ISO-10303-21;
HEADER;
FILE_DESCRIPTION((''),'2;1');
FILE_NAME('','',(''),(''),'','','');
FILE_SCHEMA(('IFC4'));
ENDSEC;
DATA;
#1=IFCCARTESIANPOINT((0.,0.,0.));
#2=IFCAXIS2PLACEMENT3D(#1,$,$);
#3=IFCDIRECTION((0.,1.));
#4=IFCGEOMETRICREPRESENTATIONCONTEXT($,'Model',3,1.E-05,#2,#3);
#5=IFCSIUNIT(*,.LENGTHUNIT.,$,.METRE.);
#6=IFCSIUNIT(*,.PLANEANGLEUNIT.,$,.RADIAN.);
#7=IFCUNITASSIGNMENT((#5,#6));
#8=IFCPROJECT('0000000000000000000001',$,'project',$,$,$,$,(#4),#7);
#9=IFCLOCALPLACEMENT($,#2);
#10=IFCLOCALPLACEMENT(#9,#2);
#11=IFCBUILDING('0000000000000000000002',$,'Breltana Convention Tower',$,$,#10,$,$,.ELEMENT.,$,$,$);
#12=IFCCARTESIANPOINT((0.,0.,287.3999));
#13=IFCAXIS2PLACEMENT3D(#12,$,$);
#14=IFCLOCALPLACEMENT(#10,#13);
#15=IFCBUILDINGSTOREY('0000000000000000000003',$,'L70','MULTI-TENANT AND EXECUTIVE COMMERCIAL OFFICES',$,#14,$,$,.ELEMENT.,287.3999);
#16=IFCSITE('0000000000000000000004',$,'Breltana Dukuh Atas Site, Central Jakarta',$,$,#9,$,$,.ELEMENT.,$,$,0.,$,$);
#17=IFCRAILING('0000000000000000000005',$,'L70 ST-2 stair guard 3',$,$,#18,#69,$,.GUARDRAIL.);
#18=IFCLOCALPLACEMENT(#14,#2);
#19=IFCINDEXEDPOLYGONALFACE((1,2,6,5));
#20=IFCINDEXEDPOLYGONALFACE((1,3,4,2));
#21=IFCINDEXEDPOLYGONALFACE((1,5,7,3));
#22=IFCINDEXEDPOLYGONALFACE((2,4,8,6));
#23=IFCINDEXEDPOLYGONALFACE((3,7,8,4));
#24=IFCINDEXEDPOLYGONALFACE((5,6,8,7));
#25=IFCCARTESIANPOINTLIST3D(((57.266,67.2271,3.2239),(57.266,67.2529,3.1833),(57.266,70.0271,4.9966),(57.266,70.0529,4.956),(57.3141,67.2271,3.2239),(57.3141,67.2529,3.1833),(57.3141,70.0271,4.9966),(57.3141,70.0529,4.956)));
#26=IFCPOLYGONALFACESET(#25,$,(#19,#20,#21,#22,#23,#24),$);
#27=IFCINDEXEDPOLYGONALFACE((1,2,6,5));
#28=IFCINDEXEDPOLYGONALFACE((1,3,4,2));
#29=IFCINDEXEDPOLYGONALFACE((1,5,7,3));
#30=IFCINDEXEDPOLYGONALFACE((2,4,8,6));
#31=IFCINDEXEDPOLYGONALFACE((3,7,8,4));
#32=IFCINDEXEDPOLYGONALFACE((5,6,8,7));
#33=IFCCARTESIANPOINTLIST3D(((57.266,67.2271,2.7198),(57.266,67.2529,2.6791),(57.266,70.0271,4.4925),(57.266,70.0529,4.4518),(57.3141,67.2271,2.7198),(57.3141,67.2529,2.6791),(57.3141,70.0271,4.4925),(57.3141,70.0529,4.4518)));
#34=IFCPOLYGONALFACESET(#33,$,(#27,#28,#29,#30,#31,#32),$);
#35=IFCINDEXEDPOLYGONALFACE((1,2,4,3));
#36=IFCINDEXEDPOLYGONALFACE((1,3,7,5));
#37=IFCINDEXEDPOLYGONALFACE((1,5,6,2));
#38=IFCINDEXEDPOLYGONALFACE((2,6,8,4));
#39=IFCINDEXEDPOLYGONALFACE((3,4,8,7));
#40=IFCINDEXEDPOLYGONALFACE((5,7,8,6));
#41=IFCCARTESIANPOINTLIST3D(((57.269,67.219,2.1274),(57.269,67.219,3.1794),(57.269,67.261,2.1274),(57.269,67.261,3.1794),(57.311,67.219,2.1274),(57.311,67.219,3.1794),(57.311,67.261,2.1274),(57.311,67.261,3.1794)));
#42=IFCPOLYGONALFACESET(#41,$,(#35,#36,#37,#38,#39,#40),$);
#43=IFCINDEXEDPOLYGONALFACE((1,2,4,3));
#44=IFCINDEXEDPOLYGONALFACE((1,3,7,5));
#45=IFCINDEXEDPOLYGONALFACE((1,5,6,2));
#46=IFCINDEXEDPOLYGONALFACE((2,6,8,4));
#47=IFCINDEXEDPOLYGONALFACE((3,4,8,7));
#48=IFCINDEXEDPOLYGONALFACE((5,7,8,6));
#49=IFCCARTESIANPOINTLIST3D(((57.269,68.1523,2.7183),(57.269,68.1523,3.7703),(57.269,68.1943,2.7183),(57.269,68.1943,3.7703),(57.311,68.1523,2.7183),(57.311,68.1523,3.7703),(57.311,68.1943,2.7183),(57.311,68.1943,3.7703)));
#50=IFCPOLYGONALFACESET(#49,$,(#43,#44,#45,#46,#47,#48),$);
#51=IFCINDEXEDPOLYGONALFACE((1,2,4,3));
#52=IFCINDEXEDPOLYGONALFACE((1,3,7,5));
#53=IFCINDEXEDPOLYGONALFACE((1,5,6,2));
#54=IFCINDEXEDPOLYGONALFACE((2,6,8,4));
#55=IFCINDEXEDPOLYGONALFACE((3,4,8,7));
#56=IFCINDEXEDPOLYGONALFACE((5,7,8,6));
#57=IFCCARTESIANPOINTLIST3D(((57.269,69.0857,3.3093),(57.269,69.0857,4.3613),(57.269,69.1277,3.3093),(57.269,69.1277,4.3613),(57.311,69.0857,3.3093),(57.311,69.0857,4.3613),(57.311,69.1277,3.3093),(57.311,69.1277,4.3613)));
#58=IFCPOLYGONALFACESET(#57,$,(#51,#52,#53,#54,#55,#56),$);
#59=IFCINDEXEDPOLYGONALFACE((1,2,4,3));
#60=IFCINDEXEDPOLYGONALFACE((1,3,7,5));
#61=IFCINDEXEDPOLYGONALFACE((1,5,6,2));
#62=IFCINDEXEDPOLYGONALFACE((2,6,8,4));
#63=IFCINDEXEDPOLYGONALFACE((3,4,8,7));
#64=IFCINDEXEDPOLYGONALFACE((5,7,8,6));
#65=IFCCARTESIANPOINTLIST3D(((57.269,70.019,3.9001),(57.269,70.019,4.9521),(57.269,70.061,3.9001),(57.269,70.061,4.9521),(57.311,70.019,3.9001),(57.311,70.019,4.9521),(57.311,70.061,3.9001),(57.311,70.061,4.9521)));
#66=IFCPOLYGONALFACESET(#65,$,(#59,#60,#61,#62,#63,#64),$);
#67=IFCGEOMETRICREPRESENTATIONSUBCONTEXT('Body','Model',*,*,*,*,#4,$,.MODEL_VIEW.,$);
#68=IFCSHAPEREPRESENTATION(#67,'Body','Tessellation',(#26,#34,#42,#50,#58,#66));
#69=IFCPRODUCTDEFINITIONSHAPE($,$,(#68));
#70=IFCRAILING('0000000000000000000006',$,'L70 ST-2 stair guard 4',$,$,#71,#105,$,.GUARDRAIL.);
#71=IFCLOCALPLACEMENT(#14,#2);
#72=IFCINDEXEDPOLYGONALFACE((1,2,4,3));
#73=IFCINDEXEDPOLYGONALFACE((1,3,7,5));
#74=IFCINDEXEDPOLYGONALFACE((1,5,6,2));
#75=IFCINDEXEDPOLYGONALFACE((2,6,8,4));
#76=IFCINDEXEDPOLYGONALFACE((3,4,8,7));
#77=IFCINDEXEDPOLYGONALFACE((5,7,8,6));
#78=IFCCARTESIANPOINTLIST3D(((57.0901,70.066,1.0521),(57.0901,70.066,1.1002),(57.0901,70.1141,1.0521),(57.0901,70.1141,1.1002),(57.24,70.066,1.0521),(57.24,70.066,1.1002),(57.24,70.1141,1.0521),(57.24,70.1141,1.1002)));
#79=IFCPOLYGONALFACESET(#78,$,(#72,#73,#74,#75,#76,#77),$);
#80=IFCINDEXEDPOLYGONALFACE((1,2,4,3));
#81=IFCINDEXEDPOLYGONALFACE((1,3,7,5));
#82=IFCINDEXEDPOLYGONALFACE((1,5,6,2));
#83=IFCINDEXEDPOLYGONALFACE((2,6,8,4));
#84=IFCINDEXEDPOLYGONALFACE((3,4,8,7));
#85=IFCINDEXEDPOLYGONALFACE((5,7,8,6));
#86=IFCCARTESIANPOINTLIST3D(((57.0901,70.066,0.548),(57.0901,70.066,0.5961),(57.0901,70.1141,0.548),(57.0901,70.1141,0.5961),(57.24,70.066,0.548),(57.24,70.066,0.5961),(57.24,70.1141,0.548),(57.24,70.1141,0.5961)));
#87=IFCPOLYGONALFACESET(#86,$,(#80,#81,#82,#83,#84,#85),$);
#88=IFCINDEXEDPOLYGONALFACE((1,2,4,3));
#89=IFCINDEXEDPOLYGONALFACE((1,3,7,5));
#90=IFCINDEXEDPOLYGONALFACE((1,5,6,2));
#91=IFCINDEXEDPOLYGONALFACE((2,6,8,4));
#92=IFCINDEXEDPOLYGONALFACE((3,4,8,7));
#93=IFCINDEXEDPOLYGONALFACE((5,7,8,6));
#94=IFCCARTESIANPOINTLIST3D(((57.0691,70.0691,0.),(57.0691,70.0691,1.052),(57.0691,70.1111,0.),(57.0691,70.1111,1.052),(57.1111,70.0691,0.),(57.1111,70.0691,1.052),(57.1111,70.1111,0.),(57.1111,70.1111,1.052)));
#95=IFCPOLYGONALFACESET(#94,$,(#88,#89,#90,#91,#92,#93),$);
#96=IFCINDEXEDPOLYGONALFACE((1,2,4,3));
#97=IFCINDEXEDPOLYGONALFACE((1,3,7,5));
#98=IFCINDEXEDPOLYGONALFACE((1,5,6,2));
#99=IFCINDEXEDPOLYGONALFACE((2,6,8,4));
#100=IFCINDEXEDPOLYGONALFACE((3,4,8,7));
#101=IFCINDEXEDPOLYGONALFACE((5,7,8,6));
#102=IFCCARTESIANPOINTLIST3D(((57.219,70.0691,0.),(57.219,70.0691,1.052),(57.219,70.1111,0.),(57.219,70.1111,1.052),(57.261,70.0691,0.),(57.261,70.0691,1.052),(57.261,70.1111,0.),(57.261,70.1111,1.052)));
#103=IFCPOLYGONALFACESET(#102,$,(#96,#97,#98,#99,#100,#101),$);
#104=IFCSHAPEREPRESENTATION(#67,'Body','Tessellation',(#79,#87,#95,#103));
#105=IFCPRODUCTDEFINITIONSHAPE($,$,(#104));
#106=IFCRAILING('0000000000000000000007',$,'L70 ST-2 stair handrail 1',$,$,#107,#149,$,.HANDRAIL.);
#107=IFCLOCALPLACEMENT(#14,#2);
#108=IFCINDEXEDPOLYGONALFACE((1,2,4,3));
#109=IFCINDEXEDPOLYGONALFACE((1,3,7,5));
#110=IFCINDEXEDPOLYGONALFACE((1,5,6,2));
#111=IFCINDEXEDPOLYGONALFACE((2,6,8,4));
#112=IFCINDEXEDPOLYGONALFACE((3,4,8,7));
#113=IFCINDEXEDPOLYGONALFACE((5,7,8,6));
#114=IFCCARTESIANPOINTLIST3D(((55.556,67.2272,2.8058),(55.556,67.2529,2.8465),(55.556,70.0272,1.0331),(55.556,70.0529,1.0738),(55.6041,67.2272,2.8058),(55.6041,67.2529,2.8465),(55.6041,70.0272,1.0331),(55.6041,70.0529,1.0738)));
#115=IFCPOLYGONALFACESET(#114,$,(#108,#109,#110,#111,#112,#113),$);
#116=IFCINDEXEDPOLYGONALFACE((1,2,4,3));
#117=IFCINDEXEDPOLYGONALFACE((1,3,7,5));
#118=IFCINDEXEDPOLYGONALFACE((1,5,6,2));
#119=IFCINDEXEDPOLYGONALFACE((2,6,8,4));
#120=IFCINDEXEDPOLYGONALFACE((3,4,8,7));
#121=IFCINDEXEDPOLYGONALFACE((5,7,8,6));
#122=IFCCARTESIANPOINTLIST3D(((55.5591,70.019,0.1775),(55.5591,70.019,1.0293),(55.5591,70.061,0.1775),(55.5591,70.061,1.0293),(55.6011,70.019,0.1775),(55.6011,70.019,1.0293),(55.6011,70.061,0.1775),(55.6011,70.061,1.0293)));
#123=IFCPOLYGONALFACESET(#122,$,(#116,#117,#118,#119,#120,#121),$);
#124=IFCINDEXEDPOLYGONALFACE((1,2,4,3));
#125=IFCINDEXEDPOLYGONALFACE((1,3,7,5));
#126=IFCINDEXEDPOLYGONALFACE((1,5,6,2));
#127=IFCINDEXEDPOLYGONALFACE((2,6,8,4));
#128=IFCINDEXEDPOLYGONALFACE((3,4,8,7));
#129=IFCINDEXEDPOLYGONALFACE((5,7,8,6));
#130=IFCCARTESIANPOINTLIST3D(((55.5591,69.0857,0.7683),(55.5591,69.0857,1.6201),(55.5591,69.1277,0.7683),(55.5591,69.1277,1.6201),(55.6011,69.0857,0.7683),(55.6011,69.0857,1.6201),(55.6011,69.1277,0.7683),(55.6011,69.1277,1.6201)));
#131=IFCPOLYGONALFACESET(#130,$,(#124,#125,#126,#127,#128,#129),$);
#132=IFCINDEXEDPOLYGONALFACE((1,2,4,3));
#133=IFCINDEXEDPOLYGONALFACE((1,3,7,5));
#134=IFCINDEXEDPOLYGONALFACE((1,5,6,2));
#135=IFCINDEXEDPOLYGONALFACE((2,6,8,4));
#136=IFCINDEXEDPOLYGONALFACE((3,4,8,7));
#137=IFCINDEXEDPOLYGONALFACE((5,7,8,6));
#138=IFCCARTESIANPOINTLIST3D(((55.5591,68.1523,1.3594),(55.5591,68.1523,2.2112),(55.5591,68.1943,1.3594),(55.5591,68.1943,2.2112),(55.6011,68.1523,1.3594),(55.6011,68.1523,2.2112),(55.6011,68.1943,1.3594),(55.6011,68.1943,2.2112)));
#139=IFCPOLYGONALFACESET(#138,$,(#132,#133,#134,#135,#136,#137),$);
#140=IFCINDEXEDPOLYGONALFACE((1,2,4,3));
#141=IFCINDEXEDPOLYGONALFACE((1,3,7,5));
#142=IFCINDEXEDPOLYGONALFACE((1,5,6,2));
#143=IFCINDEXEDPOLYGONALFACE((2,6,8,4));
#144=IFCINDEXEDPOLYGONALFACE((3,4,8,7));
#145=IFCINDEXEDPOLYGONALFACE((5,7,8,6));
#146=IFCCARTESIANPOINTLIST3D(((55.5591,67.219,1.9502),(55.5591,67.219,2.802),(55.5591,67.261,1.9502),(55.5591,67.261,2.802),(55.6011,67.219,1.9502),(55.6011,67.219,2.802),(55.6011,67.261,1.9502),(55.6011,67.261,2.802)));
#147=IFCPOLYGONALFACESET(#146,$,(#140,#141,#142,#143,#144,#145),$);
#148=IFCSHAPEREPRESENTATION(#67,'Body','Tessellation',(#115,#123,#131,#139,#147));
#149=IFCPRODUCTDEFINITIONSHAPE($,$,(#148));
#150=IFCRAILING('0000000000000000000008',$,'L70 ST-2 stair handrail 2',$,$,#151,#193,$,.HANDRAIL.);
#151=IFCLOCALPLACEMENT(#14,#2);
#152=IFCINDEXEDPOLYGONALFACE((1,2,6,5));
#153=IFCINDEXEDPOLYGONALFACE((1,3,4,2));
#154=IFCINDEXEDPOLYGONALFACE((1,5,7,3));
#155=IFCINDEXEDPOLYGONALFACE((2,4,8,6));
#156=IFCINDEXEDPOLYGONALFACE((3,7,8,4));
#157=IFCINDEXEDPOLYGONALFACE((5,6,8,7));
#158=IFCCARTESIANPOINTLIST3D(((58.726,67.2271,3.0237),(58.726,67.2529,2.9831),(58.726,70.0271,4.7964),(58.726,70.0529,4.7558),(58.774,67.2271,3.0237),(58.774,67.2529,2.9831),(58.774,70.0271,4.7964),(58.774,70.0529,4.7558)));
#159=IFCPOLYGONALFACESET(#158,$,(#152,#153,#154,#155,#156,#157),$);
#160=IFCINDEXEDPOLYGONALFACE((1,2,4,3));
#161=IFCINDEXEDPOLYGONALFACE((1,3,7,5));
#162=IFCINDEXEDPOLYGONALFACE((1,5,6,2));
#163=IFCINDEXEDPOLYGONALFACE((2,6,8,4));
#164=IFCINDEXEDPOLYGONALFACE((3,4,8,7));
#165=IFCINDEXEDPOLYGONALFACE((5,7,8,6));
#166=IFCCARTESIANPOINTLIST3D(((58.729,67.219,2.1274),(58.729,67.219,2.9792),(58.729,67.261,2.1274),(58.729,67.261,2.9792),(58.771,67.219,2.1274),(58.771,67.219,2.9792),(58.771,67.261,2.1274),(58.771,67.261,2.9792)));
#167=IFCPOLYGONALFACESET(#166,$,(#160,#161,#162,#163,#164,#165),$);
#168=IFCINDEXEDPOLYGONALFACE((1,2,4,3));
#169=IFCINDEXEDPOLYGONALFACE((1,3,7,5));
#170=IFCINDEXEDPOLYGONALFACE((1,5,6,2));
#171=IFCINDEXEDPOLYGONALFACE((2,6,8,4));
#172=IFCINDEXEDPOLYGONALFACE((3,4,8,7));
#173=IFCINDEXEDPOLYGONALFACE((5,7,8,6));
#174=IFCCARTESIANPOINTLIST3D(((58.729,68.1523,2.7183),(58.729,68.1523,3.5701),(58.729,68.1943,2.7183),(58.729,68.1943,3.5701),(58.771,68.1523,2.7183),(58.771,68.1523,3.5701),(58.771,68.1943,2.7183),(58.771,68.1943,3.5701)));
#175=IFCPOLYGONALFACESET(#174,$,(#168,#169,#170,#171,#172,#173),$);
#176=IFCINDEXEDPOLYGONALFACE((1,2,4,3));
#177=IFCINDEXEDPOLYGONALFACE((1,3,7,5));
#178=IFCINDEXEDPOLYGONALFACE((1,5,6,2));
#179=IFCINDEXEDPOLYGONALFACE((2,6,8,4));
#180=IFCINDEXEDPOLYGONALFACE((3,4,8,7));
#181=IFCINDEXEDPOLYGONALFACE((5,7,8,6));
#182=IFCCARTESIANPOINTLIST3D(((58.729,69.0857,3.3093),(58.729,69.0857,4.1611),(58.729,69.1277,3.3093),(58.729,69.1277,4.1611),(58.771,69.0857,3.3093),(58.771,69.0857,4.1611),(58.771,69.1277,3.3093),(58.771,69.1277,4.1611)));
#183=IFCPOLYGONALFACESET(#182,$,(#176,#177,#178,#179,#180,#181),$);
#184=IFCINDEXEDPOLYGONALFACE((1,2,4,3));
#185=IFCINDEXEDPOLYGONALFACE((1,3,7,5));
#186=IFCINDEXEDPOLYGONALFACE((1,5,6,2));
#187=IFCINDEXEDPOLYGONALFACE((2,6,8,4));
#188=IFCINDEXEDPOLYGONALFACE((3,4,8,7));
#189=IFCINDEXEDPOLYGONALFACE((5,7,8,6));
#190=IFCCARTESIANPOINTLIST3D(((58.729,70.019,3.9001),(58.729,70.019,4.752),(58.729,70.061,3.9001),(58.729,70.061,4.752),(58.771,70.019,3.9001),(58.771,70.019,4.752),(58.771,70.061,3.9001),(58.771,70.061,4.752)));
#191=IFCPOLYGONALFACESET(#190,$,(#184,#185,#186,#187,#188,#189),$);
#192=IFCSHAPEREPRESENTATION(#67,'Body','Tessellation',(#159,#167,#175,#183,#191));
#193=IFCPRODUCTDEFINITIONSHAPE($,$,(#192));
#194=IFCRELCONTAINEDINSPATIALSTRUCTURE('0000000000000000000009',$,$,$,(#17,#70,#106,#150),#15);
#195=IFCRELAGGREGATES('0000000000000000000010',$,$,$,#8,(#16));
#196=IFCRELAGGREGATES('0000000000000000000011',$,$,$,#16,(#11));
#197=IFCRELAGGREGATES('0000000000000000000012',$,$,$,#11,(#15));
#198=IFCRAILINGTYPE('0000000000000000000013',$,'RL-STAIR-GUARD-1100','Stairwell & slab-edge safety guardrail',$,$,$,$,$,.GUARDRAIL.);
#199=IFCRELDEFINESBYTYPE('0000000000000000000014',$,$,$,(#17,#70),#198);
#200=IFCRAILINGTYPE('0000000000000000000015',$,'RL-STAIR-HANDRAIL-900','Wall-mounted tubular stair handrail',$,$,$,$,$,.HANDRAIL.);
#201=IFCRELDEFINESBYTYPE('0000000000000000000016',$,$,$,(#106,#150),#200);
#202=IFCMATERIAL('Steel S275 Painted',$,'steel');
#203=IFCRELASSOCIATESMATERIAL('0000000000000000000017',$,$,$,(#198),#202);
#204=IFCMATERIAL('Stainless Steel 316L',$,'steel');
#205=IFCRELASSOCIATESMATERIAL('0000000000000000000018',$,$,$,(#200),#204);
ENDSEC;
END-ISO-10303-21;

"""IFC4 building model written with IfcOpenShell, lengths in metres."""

from ifc_helpers import new_model, si_unit, direction, frame, origin, origin_2d, place, context, subcontext, project, spatial, rectangle, extrude, material, type_object, element, save


model = new_model("IFC4")

# Units and contexts
model_context = context("Model", 3, precision=1e-05, world=origin(), true_north=direction((0.0, 1.0)))
body_context = subcontext(model_context, "Body", "Model", "MODEL_VIEW")
ifc_project = project(units=[si_unit("LENGTHUNIT", "METRE"), si_unit("PLANEANGLEUNIT", "RADIAN")], contexts=[model_context])

# Site, building, storey
site_placement = place(None, origin())
site = spatial("IfcSite", under=ifc_project, at=site_placement, Name="Breltana Dukuh Atas Site, Central Jakarta", CompositionType="ELEMENT", RefElevation=0.0)
building_placement = place(site_placement, origin())
building = spatial("IfcBuilding", under=site, at=building_placement, Name="Breltana Convention Tower", CompositionType="ELEMENT")
storey_placement = place(building_placement, frame((0.0, 0.0, 287.3999)))
storey = spatial("IfcBuildingStorey", under=building, at=storey_placement, Name="L70", Description="MULTI-TENANT AND EXECUTIVE COMMERCIAL OFFICES", CompositionType="ELEMENT", Elevation=287.3999)

# Railings
ifc_material_1 = material(Name="Steel S275 Painted", Category="steel")
railing_type_1 = type_object("IfcRailingType", Name="RL-STAIR-GUARD-1100", Description="Stairwell & slab-edge safety guardrail", PredefinedType="GUARDRAIL", material=ifc_material_1)
railing_1_placement = place(storey_placement, frame((57.29, 67.24, 2.1274)))
element("IfcRailing", 1, at=railing_1_placement, inside=storey, type_object=railing_type_1, Name="L70 ST-2 stair guard 3", PredefinedType="GUARDRAIL", context=body_context, shape_type="SweptSolid", body=[
    extrude(rectangle(XDim=0.0481, YDim=0.0481, at=origin_2d()), frame((0.0, 0.0, 1.0762), z_axis=(0.0, 0.844909, 0.53491), x_axis=(-1.0, 0.0, 0.0)), (0.0, 0.0, 1.0), 3.314),
    extrude(rectangle(XDim=0.0481, YDim=0.0481, at=origin_2d()), frame((0.0, 0.0, 0.572), z_axis=(0.0, 0.844909, 0.53491), x_axis=(-1.0, 0.0, 0.0)), (0.0, 0.0, 1.0), 3.314),
    extrude(rectangle(XDim=0.042, YDim=0.042, at=origin_2d()), origin(), (0.0, 0.0, 1.0), 1.052),
    extrude(rectangle(XDim=0.042, YDim=0.042, at=origin_2d()), frame((0.0, 0.9333, 0.5908)), (0.0, 0.0, 1.0), 1.052),
    extrude(rectangle(XDim=0.042, YDim=0.042, at=origin_2d()), frame((0.0, 1.8667, 1.1819)), (0.0, 0.0, 1.0), 1.052),
    extrude(rectangle(XDim=0.042, YDim=0.042, at=origin_2d()), frame((0.0, 2.8, 1.7727)), (0.0, 0.0, 1.0), 1.052),
])
railing_2_placement = place(storey_placement, frame((57.0901, 70.0901, 0.0)))
element("IfcRailing", 2, at=railing_2_placement, inside=storey, type_object=railing_type_1, Name="L70 ST-2 stair guard 4", PredefinedType="GUARDRAIL", context=body_context, shape_type="SweptSolid", body=[
    extrude(rectangle(XDim=0.0481, YDim=0.0481, at=origin_2d()), frame((0.0, 0.0, 1.0762), z_axis=(1.0, 0.0, 0.0), x_axis=(0.0, 1.0, 0.0)), (0.0, 0.0, 1.0), 0.1499),
    extrude(rectangle(XDim=0.0481, YDim=0.0481, at=origin_2d()), frame((0.0, 0.0, 0.572), z_axis=(1.0, 0.0, 0.0), x_axis=(0.0, 1.0, 0.0)), (0.0, 0.0, 1.0), 0.1499),
    extrude(rectangle(XDim=0.042, YDim=0.042, at=origin_2d()), origin(), (0.0, 0.0, 1.0), 1.052),
    extrude(rectangle(XDim=0.042, YDim=0.042, at=origin_2d()), frame((0.1499, 0.0, 0.0)), (0.0, 0.0, 1.0), 1.052),
])
ifc_material_2 = material(Name="Stainless Steel 316L", Category="steel")
railing_type_2 = type_object("IfcRailingType", Name="RL-STAIR-HANDRAIL-900", Description="Wall-mounted tubular stair handrail", PredefinedType="HANDRAIL", material=ifc_material_2)
railing_3_placement = place(storey_placement, frame((55.5801, 70.04, 0.1775)))
element("IfcRailing", 3, at=railing_3_placement, inside=storey, type_object=railing_type_2, Name="L70 ST-2 stair handrail 1", PredefinedType="HANDRAIL", context=body_context, shape_type="SweptSolid", body=[
    extrude(rectangle(XDim=0.0481, YDim=0.0481, at=origin_2d()), frame((0.0, 0.0, 0.876), z_axis=(0.0, -0.844909, 0.53491), x_axis=(1.0, 0.0, 0.0)), (0.0, 0.0, 1.0), 3.314),
    extrude(rectangle(XDim=0.042, YDim=0.042, at=origin_2d()), origin(), (0.0, 0.0, 1.0), 0.8518),
    extrude(rectangle(XDim=0.042, YDim=0.042, at=origin_2d()), frame((0.0, -0.9333, 0.5908)), (0.0, 0.0, 1.0), 0.8518),
    extrude(rectangle(XDim=0.042, YDim=0.042, at=origin_2d()), frame((0.0, -1.8667, 1.1819)), (0.0, 0.0, 1.0), 0.8518),
    extrude(rectangle(XDim=0.042, YDim=0.042, at=origin_2d()), frame((0.0, -2.8, 1.7727)), (0.0, 0.0, 1.0), 0.8518),
])
railing_4_placement = place(storey_placement, frame((58.75, 67.24, 2.1274)))
element("IfcRailing", 4, at=railing_4_placement, inside=storey, type_object=railing_type_2, Name="L70 ST-2 stair handrail 2", PredefinedType="HANDRAIL", context=body_context, shape_type="SweptSolid", body=[
    extrude(rectangle(XDim=0.0481, YDim=0.0481, at=origin_2d()), frame((0.0, 0.0, 0.876), z_axis=(0.0, 0.844909, 0.53491), x_axis=(-1.0, 0.0, 0.0)), (0.0, 0.0, 1.0), 3.314),
    extrude(rectangle(XDim=0.042, YDim=0.042, at=origin_2d()), origin(), (0.0, 0.0, 1.0), 0.8518),
    extrude(rectangle(XDim=0.042, YDim=0.042, at=origin_2d()), frame((0.0, 0.9333, 0.5908)), (0.0, 0.0, 1.0), 0.8518),
    extrude(rectangle(XDim=0.042, YDim=0.042, at=origin_2d()), frame((0.0, 1.8667, 1.1819)), (0.0, 0.0, 1.0), 0.8518),
    extrude(rectangle(XDim=0.042, YDim=0.042, at=origin_2d()), frame((0.0, 2.8, 1.7727)), (0.0, 0.0, 1.0), 0.8518),
])

save(model, "model.ifc")
